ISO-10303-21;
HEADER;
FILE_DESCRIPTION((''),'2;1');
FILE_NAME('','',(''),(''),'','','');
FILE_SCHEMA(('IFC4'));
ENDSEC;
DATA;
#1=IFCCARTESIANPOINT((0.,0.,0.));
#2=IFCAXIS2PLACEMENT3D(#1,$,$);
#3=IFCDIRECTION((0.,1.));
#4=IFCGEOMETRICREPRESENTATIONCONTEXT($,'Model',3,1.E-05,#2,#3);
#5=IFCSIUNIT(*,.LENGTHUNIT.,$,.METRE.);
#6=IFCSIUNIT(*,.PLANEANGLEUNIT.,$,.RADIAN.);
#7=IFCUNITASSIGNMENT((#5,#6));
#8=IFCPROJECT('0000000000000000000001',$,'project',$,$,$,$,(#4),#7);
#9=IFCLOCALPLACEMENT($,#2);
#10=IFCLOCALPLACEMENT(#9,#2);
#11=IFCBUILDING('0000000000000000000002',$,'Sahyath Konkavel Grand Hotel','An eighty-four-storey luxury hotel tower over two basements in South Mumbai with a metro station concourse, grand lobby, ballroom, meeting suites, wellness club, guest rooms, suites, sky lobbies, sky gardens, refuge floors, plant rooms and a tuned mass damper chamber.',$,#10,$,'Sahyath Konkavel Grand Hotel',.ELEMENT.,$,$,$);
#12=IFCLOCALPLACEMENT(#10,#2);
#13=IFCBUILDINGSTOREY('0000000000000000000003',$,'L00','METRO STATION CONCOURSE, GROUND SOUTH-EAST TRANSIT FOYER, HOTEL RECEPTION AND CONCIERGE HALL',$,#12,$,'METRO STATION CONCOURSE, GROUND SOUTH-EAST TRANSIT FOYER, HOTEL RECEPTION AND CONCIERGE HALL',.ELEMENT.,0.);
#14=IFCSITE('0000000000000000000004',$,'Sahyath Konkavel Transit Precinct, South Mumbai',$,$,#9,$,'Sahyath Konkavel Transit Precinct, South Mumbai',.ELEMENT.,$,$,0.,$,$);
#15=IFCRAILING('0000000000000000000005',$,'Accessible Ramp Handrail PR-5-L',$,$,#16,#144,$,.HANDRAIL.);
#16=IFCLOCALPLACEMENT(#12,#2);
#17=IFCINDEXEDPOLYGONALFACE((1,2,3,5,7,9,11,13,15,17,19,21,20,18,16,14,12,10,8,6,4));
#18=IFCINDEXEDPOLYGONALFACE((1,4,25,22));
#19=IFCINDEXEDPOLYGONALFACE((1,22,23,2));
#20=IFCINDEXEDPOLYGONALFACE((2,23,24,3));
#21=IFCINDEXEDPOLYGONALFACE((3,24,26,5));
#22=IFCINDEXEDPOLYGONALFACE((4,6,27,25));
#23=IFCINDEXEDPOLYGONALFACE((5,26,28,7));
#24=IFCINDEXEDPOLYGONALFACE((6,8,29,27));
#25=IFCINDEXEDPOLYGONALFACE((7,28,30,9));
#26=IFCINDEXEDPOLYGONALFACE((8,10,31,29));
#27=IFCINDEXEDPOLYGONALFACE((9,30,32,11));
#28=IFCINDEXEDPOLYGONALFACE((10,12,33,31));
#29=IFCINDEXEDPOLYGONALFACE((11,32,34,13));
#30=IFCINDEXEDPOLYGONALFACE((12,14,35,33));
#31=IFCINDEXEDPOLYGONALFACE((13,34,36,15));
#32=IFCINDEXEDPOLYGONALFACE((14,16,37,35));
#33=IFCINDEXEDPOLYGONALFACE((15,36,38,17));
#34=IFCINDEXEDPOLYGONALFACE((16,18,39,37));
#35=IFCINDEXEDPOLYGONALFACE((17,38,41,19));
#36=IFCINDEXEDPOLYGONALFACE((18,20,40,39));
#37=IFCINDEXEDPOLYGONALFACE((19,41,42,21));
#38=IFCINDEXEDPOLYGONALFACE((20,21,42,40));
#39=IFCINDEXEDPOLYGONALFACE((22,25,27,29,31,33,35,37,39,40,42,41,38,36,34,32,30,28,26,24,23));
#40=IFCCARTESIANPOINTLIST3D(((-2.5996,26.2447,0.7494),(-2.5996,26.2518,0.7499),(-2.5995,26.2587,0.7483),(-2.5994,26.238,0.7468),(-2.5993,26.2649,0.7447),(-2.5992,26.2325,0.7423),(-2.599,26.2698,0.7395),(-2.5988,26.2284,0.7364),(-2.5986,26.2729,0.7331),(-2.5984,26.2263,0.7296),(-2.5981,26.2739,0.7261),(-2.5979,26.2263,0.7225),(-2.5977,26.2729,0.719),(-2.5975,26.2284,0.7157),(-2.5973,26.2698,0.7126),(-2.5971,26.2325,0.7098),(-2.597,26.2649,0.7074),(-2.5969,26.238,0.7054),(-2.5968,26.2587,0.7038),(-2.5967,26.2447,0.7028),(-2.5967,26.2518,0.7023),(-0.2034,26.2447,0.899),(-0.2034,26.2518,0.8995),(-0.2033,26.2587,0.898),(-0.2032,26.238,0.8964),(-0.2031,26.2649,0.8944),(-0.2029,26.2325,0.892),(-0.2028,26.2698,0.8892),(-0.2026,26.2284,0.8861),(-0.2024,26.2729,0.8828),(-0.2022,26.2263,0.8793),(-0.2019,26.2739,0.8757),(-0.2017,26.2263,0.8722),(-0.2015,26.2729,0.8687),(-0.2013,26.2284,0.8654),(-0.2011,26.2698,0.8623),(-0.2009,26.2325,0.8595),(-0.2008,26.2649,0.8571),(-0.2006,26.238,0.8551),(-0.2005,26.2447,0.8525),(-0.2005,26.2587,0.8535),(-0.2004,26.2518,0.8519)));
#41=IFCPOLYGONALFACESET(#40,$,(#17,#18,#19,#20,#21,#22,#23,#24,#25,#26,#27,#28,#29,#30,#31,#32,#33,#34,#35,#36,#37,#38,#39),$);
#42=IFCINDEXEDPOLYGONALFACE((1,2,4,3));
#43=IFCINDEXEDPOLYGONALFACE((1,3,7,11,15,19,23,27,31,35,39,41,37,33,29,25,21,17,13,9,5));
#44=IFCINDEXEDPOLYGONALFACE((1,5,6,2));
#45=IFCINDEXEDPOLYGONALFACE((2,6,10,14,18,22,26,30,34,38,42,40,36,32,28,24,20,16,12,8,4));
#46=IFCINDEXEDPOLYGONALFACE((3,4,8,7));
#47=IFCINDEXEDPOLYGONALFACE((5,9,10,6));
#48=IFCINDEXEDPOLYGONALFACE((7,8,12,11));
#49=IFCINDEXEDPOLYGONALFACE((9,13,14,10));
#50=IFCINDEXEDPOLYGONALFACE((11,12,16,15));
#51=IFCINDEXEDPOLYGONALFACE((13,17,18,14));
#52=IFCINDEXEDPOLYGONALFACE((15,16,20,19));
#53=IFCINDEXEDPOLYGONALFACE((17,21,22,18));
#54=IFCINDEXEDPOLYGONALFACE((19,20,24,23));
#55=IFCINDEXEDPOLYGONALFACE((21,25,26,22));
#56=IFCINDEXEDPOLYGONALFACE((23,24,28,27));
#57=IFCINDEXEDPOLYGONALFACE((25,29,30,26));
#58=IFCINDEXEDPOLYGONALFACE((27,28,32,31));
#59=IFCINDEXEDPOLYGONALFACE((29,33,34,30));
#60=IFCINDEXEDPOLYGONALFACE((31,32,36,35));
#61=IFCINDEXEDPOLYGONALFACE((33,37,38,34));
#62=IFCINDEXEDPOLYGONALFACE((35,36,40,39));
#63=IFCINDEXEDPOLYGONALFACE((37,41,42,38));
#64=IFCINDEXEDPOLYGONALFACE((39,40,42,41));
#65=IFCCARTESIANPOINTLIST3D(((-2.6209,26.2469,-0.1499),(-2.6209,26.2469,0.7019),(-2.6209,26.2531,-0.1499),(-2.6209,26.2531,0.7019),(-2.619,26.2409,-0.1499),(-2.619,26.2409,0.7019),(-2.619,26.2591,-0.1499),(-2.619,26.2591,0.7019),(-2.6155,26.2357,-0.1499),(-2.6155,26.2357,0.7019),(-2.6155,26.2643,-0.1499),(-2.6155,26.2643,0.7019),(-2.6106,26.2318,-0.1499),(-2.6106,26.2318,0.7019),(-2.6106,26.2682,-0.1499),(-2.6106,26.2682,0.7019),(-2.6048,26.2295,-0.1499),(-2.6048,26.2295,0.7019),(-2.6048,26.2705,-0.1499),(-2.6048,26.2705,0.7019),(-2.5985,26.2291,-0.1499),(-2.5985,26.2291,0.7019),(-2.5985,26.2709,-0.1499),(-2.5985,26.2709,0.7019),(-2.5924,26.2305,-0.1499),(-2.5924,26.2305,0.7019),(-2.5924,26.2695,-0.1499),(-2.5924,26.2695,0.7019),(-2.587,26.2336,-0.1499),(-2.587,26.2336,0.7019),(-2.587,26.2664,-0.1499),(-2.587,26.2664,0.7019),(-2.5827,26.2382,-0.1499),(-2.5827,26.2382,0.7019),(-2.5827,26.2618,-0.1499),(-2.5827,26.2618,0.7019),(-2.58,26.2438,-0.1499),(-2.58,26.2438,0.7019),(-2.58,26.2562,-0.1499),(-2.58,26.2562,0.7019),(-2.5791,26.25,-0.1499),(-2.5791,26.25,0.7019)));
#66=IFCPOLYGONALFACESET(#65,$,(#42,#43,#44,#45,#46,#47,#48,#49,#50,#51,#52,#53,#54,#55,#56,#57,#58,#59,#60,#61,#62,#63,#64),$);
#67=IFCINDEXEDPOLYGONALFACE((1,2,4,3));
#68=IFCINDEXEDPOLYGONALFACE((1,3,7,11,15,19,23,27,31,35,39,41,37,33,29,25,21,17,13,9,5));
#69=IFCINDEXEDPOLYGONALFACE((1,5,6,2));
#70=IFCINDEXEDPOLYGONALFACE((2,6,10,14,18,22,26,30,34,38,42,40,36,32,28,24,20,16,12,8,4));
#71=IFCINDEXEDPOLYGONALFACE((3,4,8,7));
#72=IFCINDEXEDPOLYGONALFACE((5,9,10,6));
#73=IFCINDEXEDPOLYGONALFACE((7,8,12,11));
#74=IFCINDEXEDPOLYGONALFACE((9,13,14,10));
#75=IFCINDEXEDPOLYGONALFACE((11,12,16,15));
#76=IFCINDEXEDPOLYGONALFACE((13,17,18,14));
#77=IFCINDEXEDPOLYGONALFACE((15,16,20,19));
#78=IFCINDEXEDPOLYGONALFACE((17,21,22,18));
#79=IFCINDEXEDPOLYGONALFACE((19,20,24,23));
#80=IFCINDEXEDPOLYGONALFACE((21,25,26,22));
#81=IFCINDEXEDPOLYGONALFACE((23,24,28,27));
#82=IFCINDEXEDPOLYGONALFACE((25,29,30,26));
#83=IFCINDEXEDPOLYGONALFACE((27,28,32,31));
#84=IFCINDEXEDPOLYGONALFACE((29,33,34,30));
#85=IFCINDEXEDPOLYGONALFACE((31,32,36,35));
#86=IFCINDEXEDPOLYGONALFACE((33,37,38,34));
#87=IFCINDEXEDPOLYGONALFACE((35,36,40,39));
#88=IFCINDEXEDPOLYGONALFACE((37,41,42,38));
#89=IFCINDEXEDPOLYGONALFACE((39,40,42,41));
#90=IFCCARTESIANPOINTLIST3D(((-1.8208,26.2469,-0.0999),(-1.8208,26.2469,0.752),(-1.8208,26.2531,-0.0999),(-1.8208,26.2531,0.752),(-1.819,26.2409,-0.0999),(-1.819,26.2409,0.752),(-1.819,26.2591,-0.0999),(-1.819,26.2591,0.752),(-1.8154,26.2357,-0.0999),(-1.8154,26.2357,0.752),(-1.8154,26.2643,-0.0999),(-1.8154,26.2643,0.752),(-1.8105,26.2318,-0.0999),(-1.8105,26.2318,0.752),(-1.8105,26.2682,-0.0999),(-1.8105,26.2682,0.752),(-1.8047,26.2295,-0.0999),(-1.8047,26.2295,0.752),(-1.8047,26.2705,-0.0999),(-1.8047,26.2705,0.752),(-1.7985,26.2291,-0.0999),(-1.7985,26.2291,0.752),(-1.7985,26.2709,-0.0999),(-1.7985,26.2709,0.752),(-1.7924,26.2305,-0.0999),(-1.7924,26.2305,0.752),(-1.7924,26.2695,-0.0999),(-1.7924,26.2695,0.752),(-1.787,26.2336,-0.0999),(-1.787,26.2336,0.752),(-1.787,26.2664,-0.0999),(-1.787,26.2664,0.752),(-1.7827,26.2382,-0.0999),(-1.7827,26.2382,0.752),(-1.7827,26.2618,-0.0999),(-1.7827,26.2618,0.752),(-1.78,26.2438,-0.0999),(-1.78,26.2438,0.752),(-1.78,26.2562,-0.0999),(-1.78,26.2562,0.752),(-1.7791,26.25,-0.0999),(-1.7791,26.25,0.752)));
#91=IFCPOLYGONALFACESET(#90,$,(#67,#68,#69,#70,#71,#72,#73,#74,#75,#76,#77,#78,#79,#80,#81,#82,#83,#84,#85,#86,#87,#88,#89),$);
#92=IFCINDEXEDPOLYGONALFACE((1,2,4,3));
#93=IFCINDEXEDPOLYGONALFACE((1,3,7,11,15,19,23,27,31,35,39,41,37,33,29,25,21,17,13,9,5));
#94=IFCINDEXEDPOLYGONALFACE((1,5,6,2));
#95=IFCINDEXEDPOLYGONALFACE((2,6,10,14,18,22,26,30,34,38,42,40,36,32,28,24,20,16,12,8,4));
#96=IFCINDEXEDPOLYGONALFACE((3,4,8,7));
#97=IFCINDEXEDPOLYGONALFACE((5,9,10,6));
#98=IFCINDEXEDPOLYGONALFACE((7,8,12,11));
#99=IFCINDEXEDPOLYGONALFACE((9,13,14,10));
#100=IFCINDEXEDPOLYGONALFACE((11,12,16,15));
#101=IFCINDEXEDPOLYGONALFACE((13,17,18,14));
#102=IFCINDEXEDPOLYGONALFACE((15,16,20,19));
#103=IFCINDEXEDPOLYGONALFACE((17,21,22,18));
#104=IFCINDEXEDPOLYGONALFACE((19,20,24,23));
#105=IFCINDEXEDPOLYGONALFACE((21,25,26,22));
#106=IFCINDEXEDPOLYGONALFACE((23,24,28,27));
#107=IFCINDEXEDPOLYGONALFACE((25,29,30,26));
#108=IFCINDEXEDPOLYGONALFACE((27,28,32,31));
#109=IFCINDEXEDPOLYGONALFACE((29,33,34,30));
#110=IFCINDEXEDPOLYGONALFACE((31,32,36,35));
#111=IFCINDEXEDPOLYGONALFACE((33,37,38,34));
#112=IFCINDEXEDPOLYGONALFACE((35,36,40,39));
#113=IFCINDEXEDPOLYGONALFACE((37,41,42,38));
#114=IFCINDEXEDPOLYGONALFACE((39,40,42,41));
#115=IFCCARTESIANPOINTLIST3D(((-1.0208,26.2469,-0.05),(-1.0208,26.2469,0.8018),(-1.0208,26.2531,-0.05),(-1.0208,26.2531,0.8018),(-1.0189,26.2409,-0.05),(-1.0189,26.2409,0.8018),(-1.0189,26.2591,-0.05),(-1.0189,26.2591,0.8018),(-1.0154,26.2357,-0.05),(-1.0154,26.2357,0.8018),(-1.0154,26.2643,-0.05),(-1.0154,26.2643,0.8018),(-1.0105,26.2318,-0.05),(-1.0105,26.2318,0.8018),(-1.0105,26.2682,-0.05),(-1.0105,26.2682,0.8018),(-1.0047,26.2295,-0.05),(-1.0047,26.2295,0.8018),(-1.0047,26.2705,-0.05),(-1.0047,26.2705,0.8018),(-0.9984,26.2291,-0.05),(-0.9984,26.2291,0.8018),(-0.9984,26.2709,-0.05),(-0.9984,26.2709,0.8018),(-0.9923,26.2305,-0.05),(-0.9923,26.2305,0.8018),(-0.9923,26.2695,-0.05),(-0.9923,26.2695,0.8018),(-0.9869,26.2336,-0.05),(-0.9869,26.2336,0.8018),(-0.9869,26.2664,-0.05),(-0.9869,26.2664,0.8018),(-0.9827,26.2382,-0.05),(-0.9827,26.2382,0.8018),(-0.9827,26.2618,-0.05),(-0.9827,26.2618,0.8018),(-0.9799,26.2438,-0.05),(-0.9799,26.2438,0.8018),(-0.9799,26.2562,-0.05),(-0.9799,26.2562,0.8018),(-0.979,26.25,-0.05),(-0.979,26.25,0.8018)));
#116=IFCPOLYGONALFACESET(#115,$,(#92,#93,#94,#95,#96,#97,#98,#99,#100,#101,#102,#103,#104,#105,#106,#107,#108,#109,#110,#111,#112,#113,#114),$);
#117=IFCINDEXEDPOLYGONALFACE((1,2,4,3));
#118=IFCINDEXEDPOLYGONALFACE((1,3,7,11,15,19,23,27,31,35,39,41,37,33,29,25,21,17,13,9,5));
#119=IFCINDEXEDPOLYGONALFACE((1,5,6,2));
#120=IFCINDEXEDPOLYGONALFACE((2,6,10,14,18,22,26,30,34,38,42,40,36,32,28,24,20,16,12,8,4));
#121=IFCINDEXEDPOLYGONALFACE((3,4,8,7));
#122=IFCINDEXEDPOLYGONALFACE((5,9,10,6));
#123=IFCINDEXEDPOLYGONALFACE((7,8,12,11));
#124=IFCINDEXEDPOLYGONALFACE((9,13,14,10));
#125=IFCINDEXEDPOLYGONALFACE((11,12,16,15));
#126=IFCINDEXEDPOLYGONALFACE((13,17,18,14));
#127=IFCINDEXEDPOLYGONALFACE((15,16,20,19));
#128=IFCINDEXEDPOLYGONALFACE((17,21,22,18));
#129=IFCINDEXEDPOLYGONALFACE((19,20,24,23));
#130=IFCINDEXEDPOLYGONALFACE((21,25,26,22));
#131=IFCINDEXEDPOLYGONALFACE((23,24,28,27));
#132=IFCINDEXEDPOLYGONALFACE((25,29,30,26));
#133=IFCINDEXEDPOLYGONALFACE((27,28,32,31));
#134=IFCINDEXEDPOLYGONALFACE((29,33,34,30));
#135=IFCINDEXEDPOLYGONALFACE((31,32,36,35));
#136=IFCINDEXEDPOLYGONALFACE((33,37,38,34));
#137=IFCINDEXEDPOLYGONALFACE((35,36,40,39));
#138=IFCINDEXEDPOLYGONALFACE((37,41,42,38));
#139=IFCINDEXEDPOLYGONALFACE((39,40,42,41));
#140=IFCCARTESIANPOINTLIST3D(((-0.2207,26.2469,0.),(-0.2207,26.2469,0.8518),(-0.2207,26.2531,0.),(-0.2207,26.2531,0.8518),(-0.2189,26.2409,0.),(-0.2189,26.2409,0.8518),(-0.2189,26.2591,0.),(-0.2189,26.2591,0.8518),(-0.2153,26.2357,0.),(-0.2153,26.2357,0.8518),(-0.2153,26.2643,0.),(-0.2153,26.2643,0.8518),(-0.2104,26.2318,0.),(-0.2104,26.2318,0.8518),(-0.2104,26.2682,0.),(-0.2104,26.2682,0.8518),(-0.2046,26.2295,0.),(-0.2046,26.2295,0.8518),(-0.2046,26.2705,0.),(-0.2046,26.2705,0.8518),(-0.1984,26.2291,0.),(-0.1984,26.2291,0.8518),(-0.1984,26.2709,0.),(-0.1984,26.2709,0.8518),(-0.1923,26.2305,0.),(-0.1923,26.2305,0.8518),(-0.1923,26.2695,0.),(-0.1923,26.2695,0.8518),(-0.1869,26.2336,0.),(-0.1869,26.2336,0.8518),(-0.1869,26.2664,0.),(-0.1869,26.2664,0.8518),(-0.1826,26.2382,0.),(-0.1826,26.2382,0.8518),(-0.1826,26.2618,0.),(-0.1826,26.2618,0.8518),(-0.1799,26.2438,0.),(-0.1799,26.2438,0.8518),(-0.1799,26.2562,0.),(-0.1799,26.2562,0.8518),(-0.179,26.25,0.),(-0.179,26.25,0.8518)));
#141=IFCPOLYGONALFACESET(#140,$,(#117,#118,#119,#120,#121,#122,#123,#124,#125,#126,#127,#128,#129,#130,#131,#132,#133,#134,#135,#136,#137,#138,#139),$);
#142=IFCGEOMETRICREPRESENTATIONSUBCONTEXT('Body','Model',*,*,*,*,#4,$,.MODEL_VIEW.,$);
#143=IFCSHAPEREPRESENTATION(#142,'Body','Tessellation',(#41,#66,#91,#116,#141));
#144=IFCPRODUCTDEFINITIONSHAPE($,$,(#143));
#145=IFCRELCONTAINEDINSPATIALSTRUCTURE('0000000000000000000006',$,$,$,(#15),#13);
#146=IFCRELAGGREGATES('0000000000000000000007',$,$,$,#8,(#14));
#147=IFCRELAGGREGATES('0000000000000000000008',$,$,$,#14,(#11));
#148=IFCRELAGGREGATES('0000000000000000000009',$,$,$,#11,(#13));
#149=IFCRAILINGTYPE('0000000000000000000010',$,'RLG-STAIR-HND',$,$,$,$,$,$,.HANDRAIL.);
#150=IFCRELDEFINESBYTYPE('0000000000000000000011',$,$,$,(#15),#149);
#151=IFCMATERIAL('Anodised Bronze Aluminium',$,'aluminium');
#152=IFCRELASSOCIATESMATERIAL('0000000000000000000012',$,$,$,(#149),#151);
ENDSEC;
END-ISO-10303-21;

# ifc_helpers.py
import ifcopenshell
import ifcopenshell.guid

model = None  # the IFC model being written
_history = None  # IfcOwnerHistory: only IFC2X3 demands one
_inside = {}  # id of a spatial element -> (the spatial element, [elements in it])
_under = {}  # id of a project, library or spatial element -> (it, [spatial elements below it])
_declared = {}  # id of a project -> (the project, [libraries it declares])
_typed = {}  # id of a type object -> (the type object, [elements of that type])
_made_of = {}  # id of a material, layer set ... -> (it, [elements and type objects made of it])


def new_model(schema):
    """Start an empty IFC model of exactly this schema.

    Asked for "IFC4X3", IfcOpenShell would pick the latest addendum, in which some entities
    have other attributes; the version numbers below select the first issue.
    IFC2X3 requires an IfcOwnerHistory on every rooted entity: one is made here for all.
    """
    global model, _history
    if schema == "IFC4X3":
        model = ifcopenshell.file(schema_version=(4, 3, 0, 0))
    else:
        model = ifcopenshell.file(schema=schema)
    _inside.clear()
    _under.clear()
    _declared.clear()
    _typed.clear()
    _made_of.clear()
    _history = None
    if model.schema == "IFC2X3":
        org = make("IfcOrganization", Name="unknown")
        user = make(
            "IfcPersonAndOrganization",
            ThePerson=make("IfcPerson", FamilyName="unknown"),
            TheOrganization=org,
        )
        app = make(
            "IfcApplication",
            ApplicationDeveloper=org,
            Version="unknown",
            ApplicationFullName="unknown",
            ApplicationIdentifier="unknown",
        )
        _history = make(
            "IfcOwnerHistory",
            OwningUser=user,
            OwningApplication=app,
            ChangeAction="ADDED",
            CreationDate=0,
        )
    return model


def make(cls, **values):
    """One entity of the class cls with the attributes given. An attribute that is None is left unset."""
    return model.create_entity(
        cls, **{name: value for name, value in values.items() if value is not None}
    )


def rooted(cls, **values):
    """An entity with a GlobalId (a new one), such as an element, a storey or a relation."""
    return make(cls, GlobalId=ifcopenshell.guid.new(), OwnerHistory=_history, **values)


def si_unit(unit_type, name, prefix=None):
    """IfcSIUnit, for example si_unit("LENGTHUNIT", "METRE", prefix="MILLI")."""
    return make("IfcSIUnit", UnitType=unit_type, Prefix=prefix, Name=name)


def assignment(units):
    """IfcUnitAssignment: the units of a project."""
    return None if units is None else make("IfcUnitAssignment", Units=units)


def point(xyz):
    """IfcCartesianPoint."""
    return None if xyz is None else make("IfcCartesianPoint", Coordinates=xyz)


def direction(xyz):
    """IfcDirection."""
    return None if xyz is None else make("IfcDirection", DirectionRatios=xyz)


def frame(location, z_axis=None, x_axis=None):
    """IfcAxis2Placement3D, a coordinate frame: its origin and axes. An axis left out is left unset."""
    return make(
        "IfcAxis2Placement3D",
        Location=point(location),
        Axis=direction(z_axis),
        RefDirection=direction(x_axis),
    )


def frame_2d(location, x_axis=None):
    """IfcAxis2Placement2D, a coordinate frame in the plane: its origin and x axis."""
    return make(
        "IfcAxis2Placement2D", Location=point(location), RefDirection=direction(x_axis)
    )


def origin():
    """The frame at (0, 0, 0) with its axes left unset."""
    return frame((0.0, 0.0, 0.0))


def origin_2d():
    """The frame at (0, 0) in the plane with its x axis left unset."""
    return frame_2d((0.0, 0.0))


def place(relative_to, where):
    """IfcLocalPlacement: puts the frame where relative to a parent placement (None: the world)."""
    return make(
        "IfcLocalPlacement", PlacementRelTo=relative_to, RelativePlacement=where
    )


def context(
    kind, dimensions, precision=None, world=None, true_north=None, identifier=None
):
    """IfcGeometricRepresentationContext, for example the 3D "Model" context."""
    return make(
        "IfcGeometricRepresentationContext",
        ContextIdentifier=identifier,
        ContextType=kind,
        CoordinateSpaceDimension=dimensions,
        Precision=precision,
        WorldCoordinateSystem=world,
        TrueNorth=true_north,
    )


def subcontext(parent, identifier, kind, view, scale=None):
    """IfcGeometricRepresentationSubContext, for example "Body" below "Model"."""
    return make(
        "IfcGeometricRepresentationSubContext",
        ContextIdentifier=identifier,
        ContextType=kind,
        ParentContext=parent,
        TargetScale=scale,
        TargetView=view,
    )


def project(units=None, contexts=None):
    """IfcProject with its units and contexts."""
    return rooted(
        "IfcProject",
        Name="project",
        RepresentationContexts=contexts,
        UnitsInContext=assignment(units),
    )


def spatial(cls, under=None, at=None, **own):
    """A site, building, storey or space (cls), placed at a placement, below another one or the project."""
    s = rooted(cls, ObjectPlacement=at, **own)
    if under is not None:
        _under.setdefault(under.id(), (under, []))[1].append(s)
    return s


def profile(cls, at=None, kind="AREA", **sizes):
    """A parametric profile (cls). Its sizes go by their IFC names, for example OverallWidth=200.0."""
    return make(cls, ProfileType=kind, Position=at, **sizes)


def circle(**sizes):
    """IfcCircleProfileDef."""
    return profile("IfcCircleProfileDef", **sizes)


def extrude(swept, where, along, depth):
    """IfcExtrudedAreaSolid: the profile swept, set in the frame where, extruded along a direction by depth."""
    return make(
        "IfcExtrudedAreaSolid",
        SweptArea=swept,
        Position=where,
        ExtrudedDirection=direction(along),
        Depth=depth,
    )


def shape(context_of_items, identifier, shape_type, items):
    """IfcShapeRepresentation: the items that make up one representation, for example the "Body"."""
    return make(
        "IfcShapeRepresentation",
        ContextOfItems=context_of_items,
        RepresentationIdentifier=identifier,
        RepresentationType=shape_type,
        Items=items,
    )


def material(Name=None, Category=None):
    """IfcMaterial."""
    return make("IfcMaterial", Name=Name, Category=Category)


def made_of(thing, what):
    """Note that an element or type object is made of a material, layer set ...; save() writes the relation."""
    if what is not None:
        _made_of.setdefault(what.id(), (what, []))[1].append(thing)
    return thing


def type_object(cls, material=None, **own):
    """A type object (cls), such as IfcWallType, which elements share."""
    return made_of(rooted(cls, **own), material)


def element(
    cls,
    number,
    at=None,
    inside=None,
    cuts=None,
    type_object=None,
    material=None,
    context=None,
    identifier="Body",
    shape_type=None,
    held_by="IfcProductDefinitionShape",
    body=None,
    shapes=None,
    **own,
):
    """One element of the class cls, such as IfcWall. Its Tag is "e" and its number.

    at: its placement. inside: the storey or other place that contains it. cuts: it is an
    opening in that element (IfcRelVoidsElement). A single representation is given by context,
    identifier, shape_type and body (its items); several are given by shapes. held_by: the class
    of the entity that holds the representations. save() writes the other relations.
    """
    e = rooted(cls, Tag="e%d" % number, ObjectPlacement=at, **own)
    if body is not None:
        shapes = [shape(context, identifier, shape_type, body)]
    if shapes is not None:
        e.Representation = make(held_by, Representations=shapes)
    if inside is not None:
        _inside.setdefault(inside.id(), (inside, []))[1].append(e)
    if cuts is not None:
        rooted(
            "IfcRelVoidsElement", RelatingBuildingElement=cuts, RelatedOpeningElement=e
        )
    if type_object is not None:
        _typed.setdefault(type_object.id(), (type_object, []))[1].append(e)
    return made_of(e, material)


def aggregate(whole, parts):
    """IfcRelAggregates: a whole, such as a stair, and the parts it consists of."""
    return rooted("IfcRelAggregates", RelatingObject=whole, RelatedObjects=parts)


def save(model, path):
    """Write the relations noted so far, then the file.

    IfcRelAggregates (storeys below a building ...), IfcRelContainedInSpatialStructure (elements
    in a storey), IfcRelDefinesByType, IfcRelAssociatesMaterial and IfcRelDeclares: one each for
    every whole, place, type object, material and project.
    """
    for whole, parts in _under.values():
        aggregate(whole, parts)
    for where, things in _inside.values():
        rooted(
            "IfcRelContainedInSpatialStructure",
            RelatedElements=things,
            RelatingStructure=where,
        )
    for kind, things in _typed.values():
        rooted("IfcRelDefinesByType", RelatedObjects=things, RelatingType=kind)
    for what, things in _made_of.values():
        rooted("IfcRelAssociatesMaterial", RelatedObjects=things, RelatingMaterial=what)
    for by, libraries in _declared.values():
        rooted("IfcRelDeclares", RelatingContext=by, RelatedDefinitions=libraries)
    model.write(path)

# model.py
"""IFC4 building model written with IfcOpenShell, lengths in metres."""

from ifc_helpers import new_model, si_unit, direction, frame, origin, origin_2d, place, context, subcontext, project, spatial, circle, extrude, material, type_object, element, save


model = new_model("IFC4")

# Units and contexts
model_context = context("Model", 3, precision=1e-05, world=origin(), true_north=direction((0.0, 1.0)))
body_context = subcontext(model_context, "Body", "Model", "MODEL_VIEW")
ifc_project = project(units=[si_unit("LENGTHUNIT", "METRE"), si_unit("PLANEANGLEUNIT", "RADIAN")], contexts=[model_context])

# Site, building, storey
site_placement = place(None, origin())
site = spatial("IfcSite", under=ifc_project, at=site_placement, Name="Sahyath Konkavel Transit Precinct, South Mumbai", LongName="Sahyath Konkavel Transit Precinct, South Mumbai", CompositionType="ELEMENT", RefElevation=0.0)
building_placement = place(site_placement, origin())
building = spatial("IfcBuilding", under=site, at=building_placement, Name="Sahyath Konkavel Grand Hotel", Description="An eighty-four-storey luxury hotel tower over two basements in South Mumbai with a metro station concourse, grand lobby, ballroom, meeting suites, wellness club, guest rooms, suites, sky lobbies, sky gardens, refuge floors, plant rooms and a tuned mass damper chamber.", LongName="Sahyath Konkavel Grand Hotel", CompositionType="ELEMENT")
storey_placement = place(building_placement, origin())
storey = spatial("IfcBuildingStorey", under=building, at=storey_placement, Name="L00", Description="METRO STATION CONCOURSE, GROUND SOUTH-EAST TRANSIT FOYER, HOTEL RECEPTION AND CONCIERGE HALL", LongName="METRO STATION CONCOURSE, GROUND SOUTH-EAST TRANSIT FOYER, HOTEL RECEPTION AND CONCIERGE HALL", CompositionType="ELEMENT", Elevation=0.0)

# Railing
ifc_material_1 = material(Name="Anodised Bronze Aluminium", Category="aluminium")
railing_type_1 = type_object("IfcRailingType", Name="RLG-STAIR-HND", PredefinedType="HANDRAIL", material=ifc_material_1)
for number, where, name in (
    (1, (-2.6001, 26.25, -0.1499), "Accessible Ramp Handrail PR-5-L"),
):
    element("IfcRailing", number, at=place(storey_placement, frame(where)), inside=storey, type_object=railing_type_1, Name=name, PredefinedType="HANDRAIL", context=body_context, shape_type="SweptSolid", body=[
        extrude(circle(Radius=0.0239, at=origin_2d()), frame((0.002, 0.0, 0.876), z_axis=(0.998055, 0.0, 0.062334), x_axis=(0.0, 1.0, 0.0)), (0.0, 0.0, 1.0), 2.4009),
        extrude(circle(Radius=0.021, at=origin_2d()), origin(), (0.0, 0.0, 1.0), 0.8518),
        extrude(circle(Radius=0.021, at=origin_2d()), frame((0.8, 0.0, 0.05)), (0.0, 0.0, 1.0), 0.8518),
        extrude(circle(Radius=0.021, at=origin_2d()), frame((1.6001, 0.0, 0.0999)), (0.0, 0.0, 1.0), 0.8518),
        extrude(circle(Radius=0.021, at=origin_2d()), frame((2.4001, 0.0, 0.1499)), (0.0, 0.0, 1.0), 0.8518),
    ])

save(model, "model.ifc")
